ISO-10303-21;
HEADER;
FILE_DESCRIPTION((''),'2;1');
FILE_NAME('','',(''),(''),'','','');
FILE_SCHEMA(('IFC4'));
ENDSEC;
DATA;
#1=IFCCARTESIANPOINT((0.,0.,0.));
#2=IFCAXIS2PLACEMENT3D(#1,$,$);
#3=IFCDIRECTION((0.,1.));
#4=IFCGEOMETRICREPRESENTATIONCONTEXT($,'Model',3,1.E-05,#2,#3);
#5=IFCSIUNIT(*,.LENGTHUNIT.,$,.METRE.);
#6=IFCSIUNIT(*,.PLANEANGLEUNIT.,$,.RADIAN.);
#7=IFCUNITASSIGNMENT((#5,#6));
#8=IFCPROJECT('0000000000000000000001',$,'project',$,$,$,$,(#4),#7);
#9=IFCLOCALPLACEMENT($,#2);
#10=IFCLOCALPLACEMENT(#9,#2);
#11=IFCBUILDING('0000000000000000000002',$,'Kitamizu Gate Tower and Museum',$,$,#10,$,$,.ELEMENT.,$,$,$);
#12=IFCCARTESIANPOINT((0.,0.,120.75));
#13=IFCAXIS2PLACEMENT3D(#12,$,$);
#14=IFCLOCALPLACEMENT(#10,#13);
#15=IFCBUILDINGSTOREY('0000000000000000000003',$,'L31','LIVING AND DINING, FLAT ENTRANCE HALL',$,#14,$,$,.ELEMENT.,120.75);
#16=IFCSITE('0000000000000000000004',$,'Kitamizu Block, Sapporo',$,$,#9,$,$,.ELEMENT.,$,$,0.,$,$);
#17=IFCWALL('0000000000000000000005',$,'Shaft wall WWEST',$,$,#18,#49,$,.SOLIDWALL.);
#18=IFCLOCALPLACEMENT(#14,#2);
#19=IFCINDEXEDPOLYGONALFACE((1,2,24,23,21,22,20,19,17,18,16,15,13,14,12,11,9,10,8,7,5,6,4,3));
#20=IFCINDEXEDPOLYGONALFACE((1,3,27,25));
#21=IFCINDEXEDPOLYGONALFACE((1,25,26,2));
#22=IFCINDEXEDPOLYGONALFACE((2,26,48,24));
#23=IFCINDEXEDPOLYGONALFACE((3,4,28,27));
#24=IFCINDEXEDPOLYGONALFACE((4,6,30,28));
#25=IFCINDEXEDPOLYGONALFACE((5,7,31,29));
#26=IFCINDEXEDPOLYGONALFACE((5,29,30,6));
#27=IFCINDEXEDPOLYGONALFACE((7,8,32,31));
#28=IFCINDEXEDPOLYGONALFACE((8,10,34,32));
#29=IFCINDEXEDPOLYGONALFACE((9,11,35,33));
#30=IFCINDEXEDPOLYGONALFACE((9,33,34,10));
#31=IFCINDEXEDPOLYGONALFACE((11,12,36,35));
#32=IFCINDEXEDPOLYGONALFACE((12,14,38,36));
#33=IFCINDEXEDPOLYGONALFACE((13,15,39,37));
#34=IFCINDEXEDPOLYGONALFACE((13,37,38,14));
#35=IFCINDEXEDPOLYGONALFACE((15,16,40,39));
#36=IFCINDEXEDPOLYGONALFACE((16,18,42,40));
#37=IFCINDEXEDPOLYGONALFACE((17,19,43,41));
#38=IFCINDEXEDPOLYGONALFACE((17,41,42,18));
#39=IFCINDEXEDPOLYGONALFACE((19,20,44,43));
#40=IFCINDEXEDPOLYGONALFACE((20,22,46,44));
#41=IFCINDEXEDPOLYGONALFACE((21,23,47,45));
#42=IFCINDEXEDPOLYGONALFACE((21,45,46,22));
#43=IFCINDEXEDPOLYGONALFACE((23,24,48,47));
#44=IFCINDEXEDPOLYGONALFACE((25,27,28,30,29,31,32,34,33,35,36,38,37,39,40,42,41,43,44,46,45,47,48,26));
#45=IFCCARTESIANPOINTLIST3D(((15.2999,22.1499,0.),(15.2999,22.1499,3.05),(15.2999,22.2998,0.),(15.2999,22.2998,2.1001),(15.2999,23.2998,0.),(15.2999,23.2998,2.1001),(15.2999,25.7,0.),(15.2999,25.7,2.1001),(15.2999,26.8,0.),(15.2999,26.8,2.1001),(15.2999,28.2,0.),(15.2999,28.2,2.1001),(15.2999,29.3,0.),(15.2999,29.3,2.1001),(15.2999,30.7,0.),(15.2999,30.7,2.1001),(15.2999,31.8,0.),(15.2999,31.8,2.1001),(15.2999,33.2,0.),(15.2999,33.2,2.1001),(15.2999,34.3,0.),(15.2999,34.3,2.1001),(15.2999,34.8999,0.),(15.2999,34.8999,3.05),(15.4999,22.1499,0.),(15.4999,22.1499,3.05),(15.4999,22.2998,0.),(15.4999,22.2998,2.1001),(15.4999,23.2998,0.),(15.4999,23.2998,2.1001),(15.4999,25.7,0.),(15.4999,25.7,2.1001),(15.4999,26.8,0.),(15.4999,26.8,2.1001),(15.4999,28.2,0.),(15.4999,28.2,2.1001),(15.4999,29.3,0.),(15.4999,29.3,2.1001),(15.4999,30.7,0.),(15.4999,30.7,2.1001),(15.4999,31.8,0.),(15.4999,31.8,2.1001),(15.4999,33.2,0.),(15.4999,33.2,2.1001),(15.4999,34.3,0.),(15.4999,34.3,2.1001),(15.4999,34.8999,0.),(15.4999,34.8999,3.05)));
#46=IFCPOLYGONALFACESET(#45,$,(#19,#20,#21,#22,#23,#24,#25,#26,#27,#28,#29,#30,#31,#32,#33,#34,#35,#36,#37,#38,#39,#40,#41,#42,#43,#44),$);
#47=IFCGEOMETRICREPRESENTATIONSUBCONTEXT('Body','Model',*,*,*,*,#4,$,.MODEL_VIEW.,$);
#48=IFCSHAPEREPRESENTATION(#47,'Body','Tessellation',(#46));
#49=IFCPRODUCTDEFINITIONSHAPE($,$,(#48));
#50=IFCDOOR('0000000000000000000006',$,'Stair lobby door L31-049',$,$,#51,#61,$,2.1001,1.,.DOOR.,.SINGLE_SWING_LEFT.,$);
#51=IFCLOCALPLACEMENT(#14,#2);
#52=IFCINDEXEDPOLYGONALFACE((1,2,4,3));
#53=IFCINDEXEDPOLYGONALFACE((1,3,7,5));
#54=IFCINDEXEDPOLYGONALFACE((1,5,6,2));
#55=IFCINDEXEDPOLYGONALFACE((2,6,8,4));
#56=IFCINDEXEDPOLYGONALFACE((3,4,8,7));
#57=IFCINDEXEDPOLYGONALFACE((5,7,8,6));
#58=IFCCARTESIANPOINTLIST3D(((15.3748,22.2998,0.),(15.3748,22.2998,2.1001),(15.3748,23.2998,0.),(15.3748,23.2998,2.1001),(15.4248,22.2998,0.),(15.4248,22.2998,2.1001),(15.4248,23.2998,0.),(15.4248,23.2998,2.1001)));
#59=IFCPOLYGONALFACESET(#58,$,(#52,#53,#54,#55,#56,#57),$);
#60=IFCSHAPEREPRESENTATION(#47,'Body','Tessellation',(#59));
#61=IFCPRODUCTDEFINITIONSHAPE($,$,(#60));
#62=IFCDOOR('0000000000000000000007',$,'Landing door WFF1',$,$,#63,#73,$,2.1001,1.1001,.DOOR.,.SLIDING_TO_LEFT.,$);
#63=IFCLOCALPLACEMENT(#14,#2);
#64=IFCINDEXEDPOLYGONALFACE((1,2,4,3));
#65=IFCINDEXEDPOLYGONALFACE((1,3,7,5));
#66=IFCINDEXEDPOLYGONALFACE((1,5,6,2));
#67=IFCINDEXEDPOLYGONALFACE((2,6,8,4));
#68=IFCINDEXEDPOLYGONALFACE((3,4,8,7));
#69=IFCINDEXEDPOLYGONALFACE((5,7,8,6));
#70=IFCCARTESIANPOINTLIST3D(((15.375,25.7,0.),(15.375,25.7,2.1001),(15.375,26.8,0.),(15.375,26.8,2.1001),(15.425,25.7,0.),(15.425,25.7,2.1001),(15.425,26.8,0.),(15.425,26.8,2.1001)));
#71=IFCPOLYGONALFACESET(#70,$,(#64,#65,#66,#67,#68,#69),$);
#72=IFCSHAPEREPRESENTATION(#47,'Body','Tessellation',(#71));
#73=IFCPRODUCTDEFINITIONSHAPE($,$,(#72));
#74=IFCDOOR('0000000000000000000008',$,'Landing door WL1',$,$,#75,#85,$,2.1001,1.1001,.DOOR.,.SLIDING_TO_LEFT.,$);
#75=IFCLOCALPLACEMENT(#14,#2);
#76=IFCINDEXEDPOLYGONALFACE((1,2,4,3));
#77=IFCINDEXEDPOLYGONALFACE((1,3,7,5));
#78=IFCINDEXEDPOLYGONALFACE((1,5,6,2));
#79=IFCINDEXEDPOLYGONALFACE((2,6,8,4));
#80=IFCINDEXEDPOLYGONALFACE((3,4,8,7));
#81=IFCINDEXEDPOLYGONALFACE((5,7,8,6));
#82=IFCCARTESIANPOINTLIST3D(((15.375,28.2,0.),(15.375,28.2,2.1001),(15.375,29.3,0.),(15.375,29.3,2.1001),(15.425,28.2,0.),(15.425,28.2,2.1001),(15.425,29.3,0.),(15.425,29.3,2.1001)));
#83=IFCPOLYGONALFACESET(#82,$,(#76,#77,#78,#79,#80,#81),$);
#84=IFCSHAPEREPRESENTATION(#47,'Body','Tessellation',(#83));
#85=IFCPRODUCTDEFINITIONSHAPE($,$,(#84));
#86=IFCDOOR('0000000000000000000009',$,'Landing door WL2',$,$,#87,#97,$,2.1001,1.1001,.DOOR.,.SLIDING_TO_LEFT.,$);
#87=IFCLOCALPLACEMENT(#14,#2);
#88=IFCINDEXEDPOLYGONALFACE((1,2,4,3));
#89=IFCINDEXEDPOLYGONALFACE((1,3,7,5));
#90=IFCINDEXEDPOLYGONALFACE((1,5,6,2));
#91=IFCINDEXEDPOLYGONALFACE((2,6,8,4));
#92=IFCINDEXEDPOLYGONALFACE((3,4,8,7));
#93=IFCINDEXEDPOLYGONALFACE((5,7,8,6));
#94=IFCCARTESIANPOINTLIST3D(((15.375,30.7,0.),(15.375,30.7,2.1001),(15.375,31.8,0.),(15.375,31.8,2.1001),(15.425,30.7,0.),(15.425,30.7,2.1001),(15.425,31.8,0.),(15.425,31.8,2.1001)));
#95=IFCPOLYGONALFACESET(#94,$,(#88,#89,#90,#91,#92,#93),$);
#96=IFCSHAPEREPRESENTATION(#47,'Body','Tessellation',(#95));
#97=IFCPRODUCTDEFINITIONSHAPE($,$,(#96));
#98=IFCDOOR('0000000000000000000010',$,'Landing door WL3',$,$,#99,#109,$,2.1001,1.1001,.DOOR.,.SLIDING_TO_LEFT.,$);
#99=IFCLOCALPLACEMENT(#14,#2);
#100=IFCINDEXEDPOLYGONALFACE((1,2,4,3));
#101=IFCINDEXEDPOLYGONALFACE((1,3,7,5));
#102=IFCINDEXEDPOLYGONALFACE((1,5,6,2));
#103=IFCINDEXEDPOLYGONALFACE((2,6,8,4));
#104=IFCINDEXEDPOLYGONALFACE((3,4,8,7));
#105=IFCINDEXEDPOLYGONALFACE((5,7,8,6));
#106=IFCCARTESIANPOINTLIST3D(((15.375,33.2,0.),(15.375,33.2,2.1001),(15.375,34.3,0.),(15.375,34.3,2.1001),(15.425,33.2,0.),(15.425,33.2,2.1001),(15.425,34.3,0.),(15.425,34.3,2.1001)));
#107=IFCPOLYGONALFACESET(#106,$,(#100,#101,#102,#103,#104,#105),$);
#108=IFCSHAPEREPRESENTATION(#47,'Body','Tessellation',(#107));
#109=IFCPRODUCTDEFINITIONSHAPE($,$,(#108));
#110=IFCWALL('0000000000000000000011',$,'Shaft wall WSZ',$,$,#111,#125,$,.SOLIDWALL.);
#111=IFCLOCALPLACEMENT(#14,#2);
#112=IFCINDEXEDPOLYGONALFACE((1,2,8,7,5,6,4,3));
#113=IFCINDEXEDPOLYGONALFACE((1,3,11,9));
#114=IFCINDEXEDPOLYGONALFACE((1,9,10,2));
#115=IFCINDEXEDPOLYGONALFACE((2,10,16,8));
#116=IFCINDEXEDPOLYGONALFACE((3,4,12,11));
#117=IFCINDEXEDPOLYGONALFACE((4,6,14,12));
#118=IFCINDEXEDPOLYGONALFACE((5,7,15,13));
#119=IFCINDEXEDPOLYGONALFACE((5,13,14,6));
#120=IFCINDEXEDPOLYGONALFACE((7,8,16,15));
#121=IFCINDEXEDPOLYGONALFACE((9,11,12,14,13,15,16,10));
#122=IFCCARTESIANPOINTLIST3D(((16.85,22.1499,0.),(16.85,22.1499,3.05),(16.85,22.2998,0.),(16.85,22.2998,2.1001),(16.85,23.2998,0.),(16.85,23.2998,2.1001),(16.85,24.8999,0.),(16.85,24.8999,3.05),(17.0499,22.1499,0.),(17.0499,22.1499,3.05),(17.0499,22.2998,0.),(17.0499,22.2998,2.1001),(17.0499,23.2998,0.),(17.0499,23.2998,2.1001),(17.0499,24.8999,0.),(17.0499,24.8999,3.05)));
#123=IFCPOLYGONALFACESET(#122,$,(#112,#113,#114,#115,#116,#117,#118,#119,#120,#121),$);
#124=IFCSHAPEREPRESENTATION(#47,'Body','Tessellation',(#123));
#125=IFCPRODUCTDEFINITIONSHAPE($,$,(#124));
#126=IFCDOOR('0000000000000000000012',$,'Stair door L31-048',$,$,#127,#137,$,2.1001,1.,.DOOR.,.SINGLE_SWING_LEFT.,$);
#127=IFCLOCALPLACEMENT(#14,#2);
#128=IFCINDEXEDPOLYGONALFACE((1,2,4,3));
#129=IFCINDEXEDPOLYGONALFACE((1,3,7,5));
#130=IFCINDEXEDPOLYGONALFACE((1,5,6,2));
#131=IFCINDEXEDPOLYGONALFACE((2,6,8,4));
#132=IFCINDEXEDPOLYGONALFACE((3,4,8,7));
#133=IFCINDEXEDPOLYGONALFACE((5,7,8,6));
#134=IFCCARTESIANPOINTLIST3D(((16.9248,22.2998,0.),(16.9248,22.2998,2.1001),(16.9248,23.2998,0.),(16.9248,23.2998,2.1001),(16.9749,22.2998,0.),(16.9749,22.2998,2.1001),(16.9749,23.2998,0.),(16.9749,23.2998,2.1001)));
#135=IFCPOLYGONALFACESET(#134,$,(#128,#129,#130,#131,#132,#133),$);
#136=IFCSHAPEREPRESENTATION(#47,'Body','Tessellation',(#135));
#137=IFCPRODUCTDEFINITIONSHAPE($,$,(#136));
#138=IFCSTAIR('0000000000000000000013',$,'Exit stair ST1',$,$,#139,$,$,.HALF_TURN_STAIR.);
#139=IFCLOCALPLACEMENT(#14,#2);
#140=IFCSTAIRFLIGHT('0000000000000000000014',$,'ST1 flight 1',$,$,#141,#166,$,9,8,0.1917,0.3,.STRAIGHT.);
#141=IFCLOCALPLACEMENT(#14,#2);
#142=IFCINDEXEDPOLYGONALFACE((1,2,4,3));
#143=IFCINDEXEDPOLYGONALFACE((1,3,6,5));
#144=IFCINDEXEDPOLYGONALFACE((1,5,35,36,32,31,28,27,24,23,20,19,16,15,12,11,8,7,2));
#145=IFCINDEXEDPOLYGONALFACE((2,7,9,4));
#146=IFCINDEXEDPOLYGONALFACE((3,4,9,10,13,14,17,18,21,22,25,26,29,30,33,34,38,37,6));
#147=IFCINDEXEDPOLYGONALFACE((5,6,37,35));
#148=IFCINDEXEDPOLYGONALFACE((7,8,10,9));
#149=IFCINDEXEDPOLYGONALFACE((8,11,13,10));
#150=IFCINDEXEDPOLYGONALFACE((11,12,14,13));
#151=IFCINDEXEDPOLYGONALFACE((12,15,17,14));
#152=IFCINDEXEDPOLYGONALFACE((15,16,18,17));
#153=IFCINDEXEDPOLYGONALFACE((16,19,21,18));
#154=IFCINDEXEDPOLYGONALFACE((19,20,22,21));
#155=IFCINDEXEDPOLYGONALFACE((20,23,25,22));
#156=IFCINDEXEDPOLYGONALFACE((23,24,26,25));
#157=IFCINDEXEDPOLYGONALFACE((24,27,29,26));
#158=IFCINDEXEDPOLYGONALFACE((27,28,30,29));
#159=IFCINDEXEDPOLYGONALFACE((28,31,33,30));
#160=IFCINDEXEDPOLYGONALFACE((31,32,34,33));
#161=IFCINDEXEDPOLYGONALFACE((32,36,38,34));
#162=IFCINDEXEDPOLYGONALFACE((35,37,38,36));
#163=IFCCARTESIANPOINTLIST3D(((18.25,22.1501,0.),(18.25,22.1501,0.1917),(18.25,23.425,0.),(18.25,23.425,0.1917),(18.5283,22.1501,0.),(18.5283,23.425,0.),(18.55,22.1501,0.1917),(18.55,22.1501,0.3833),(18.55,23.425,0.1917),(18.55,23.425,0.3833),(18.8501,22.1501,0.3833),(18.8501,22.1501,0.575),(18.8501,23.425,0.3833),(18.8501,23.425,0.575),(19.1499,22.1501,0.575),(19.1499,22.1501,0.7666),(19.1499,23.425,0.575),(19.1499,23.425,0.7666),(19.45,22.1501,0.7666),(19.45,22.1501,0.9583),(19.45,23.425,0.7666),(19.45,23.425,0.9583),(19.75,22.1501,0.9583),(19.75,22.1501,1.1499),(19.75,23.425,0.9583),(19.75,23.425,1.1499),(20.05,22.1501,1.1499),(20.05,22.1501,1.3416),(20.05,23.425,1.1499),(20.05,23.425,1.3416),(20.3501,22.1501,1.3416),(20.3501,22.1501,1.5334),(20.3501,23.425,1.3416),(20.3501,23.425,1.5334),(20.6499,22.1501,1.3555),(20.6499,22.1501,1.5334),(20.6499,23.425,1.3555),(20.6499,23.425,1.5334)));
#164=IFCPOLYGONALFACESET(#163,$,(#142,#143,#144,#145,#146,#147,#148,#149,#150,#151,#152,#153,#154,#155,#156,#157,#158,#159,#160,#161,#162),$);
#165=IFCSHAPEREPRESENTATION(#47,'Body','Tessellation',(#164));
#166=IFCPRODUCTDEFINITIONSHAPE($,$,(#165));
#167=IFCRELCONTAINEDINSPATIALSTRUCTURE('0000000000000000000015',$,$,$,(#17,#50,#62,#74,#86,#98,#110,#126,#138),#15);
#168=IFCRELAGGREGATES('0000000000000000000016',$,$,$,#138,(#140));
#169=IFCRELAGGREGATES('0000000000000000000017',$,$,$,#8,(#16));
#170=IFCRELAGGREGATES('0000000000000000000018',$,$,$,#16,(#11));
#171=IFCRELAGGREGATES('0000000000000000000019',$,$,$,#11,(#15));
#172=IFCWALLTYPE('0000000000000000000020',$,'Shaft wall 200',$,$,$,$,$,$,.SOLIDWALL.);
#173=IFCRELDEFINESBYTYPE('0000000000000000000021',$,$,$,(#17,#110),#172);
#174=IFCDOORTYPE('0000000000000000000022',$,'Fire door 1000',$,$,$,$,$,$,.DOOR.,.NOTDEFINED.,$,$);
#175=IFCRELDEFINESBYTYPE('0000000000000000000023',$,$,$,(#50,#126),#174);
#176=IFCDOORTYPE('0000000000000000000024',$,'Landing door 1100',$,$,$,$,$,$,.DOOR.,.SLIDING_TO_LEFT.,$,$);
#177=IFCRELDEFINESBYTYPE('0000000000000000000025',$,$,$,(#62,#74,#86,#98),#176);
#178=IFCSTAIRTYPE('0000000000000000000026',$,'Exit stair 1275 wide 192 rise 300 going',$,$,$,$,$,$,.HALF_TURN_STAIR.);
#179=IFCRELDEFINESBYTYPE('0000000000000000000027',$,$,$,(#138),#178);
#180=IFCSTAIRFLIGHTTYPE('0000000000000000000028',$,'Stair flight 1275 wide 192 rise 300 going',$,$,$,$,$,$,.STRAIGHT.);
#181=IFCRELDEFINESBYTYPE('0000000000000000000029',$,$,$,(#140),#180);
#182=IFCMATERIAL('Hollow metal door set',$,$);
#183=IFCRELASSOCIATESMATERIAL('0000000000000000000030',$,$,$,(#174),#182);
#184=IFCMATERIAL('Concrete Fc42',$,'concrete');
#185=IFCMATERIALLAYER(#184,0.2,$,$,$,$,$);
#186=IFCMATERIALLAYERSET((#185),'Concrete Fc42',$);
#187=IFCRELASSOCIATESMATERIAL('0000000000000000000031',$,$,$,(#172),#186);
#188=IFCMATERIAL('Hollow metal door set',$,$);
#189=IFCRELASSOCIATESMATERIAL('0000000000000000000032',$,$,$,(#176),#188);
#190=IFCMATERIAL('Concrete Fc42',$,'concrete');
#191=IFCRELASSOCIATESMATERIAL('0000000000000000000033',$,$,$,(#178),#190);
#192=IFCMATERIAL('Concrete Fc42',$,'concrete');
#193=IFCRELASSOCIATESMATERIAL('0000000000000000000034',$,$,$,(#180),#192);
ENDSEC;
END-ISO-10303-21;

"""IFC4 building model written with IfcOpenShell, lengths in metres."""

from ifc_helpers import new_model, si_unit, direction, frame, frame_2d, origin, place, context, subcontext, project, spatial, polyline, rectangle, outline, extrude, material, layer, layer_set, type_object, element, fill, aggregate, save


model = new_model("IFC4")

# Units and contexts
model_context = context("Model", 3, precision=1e-05, world=origin(), true_north=direction((0.0, 1.0)))
body_context = subcontext(model_context, "Body", "Model", "MODEL_VIEW")
ifc_project = project(units=[si_unit("LENGTHUNIT", "METRE"), si_unit("PLANEANGLEUNIT", "RADIAN")], contexts=[model_context])

# Site, building, storey
site_placement = place(None, origin())
site = spatial("IfcSite", under=ifc_project, at=site_placement, Name="Kitamizu Block, Sapporo", CompositionType="ELEMENT", RefElevation=0.0)
building_placement = place(site_placement, origin())
building = spatial("IfcBuilding", under=site, at=building_placement, Name="Kitamizu Gate Tower and Museum", CompositionType="ELEMENT")
storey_placement = place(building_placement, frame((0.0, 0.0, 120.75)))
storey = spatial("IfcBuildingStorey", under=building, at=storey_placement, Name="L31", Description="LIVING AND DINING, FLAT ENTRANCE HALL", CompositionType="ELEMENT", Elevation=120.75)

# Shared definitions
ifc_material_1 = material(Name="Hollow metal door set")
door_type_1 = type_object("IfcDoorType", Name="Fire door 1000", OperationType="NOTDEFINED", PredefinedType="DOOR", material=ifc_material_1)

# Wall, openings, doors
ifc_material_2 = material(Name="Concrete Fc42", Category="concrete")
ifc_layer_1 = layer(ifc_material_2, 0.2)
ifc_layer_set_1 = layer_set([ifc_layer_1], Name="Concrete Fc42")
wall_type_1 = type_object("IfcWallType", Name="Shaft wall 200", PredefinedType="SOLIDWALL", material=ifc_layer_set_1)
wall_1_placement = place(storey_placement, frame((15.3999, 22.1499, 0.0), z_axis=(0.0, 0.0, 1.0), x_axis=(0.0, 1.0, 0.0)))
wall_1 = element("IfcWall", 1, at=wall_1_placement, inside=storey, type_object=wall_type_1, Name="Shaft wall WWEST", PredefinedType="SOLIDWALL", context=body_context, shape_type="SweptSolid", body=[
    extrude(rectangle(XDim=12.75, YDim=0.2, at=frame_2d((6.375, 0.0))), origin(), (0.0, 0.0, 1.0), 3.05),
])
opening_1_placement = place(wall_1_placement, frame((3.55, 0.0, 0.0)))
opening_1 = element("IfcOpeningElement", 2, at=opening_1_placement, cuts=wall_1, PredefinedType="OPENING", context=body_context, shape_type="SweptSolid", body=[
    extrude(rectangle(XDim=1.1001, YDim=2.1001, at=frame_2d((0.55, 1.05))), frame((0.0, 0.1099, 0.0), z_axis=(0.0, -1.0, 0.0), x_axis=(1.0, 0.0, 0.0)), (0.0, 0.0, 1.0), 0.22),
])
opening_2_placement = place(wall_1_placement, frame((6.05, 0.0, 0.0)))
opening_2 = element("IfcOpeningElement", 3, at=opening_2_placement, cuts=wall_1, PredefinedType="OPENING", context=body_context, shape_type="SweptSolid", body=[
    extrude(rectangle(XDim=1.1001, YDim=2.1001, at=frame_2d((0.55, 1.05))), frame((0.0, 0.1099, 0.0), z_axis=(0.0, -1.0, 0.0), x_axis=(1.0, 0.0, 0.0)), (0.0, 0.0, 1.0), 0.22),
])
opening_3_placement = place(wall_1_placement, frame((8.55, 0.0, 0.0)))
opening_3 = element("IfcOpeningElement", 4, at=opening_3_placement, cuts=wall_1, PredefinedType="OPENING", context=body_context, shape_type="SweptSolid", body=[
    extrude(rectangle(XDim=1.1001, YDim=2.1001, at=frame_2d((0.55, 1.05))), frame((0.0, 0.1099, 0.0), z_axis=(0.0, -1.0, 0.0), x_axis=(1.0, 0.0, 0.0)), (0.0, 0.0, 1.0), 0.22),
])
opening_4_placement = place(wall_1_placement, frame((11.05, 0.0, 0.0)))
opening_4 = element("IfcOpeningElement", 5, at=opening_4_placement, cuts=wall_1, PredefinedType="OPENING", context=body_context, shape_type="SweptSolid", body=[
    extrude(rectangle(XDim=1.1001, YDim=2.1001, at=frame_2d((0.55, 1.05))), frame((0.0, 0.1099, 0.0), z_axis=(0.0, -1.0, 0.0), x_axis=(1.0, 0.0, 0.0)), (0.0, 0.0, 1.0), 0.22),
])
opening_5_placement = place(wall_1_placement, frame((0.1499, 0.0, 0.0)))
opening_5 = element("IfcOpeningElement", 6, at=opening_5_placement, cuts=wall_1, PredefinedType="OPENING", context=body_context, shape_type="SweptSolid", body=[
    extrude(rectangle(XDim=1.0, YDim=2.1001, at=frame_2d((0.5, 1.05))), frame((0.0, 0.1099, 0.0), z_axis=(0.0, -1.0, 0.0), x_axis=(1.0, 0.0, 0.0)), (0.0, 0.0, 1.0), 0.22),
])
door_1_placement = place(opening_5_placement, frame((1.0, 0.0, 0.0), x_axis=(-1.0, 0.0, 0.0)))
door_1 = element("IfcDoor", 7, at=door_1_placement, inside=storey, type_object=door_type_1, Name="Stair lobby door L31-049", OperationType="SINGLE_SWING_LEFT", OverallHeight=2.1001, OverallWidth=1.0, PredefinedType="DOOR", context=body_context, shape_type="SweptSolid", body=[
    extrude(rectangle(XDim=1.0, YDim=2.1001, at=frame_2d((0.5, 1.05))), frame((0.0, 0.0249, 0.0), z_axis=(0.0, -1.0, 0.0), x_axis=(1.0, 0.0, 0.0)), (0.0, 0.0, 1.0), 0.05),
])
fill(opening_5, door_1)
ifc_material_3 = material(Name="Hollow metal door set")
door_type_2 = type_object("IfcDoorType", Name="Landing door 1100", OperationType="SLIDING_TO_LEFT", PredefinedType="DOOR", material=ifc_material_3)
door_2_placement = place(opening_1_placement, origin())
door_2 = element("IfcDoor", 8, at=door_2_placement, inside=storey, type_object=door_type_2, Name="Landing door WFF1", OperationType="SLIDING_TO_LEFT", OverallHeight=2.1001, OverallWidth=1.1001, PredefinedType="DOOR", context=body_context, shape_type="SweptSolid", body=[
    extrude(rectangle(XDim=1.1001, YDim=2.1001, at=frame_2d((0.55, 1.05))), frame((0.0, 0.0249, 0.0), z_axis=(0.0, -1.0, 0.0), x_axis=(1.0, 0.0, 0.0)), (0.0, 0.0, 1.0), 0.05),
])
fill(opening_1, door_2)
door_3_placement = place(opening_2_placement, origin())
door_3 = element("IfcDoor", 9, at=door_3_placement, inside=storey, type_object=door_type_2, Name="Landing door WL1", OperationType="SLIDING_TO_LEFT", OverallHeight=2.1001, OverallWidth=1.1001, PredefinedType="DOOR", context=body_context, shape_type="SweptSolid", body=[
    extrude(rectangle(XDim=1.1001, YDim=2.1001, at=frame_2d((0.55, 1.05))), frame((0.0, 0.0249, 0.0), z_axis=(0.0, -1.0, 0.0), x_axis=(1.0, 0.0, 0.0)), (0.0, 0.0, 1.0), 0.05),
])
fill(opening_2, door_3)
door_4_placement = place(opening_3_placement, origin())
door_4 = element("IfcDoor", 10, at=door_4_placement, inside=storey, type_object=door_type_2, Name="Landing door WL2", OperationType="SLIDING_TO_LEFT", OverallHeight=2.1001, OverallWidth=1.1001, PredefinedType="DOOR", context=body_context, shape_type="SweptSolid", body=[
    extrude(rectangle(XDim=1.1001, YDim=2.1001, at=frame_2d((0.55, 1.05))), frame((0.0, 0.0249, 0.0), z_axis=(0.0, -1.0, 0.0), x_axis=(1.0, 0.0, 0.0)), (0.0, 0.0, 1.0), 0.05),
])
fill(opening_3, door_4)
door_5_placement = place(opening_4_placement, origin())
door_5 = element("IfcDoor", 11, at=door_5_placement, inside=storey, type_object=door_type_2, Name="Landing door WL3", OperationType="SLIDING_TO_LEFT", OverallHeight=2.1001, OverallWidth=1.1001, PredefinedType="DOOR", context=body_context, shape_type="SweptSolid", body=[
    extrude(rectangle(XDim=1.1001, YDim=2.1001, at=frame_2d((0.55, 1.05))), frame((0.0, 0.0249, 0.0), z_axis=(0.0, -1.0, 0.0), x_axis=(1.0, 0.0, 0.0)), (0.0, 0.0, 1.0), 0.05),
])
fill(opening_4, door_5)

# Wall, opening, door
wall_2_placement = place(storey_placement, frame((16.95, 22.1499, 0.0), z_axis=(0.0, 0.0, 1.0), x_axis=(0.0, 1.0, 0.0)))
wall_2 = element("IfcWall", 12, at=wall_2_placement, inside=storey, type_object=wall_type_1, Name="Shaft wall WSZ", PredefinedType="SOLIDWALL", context=body_context, shape_type="SweptSolid", body=[
    extrude(rectangle(XDim=2.75, YDim=0.2, at=frame_2d((1.375, 0.0))), origin(), (0.0, 0.0, 1.0), 3.05),
])
opening_6_placement = place(wall_2_placement, frame((0.1499, 0.0, 0.0)))
opening_6 = element("IfcOpeningElement", 13, at=opening_6_placement, cuts=wall_2, PredefinedType="OPENING", context=body_context, shape_type="SweptSolid", body=[
    extrude(rectangle(XDim=1.0, YDim=2.1001, at=frame_2d((0.5, 1.05))), frame((0.0, 0.1099, 0.0), z_axis=(0.0, -1.0, 0.0), x_axis=(1.0, 0.0, 0.0)), (0.0, 0.0, 1.0), 0.22),
])
door_6_placement = place(opening_6_placement, frame((1.0, 0.0, 0.0), x_axis=(-1.0, 0.0, 0.0)))
door_6 = element("IfcDoor", 14, at=door_6_placement, inside=storey, type_object=door_type_1, Name="Stair door L31-048", OperationType="SINGLE_SWING_LEFT", OverallHeight=2.1001, OverallWidth=1.0, PredefinedType="DOOR", context=body_context, shape_type="SweptSolid", body=[
    extrude(rectangle(XDim=1.0, YDim=2.1001, at=frame_2d((0.5, 1.05))), frame((0.0, 0.0249, 0.0), z_axis=(0.0, -1.0, 0.0), x_axis=(1.0, 0.0, 0.0)), (0.0, 0.0, 1.0), 0.05),
])
fill(opening_6, door_6)

# Stair, stair flight
ifc_material_4 = material(Name="Concrete Fc42", Category="concrete")
stair_type = type_object("IfcStairType", Name="Exit stair 1275 wide 192 rise 300 going", PredefinedType="HALF_TURN_STAIR", material=ifc_material_4)
stair_placement = place(storey_placement, origin())
stair = element("IfcStair", 15, at=stair_placement, inside=storey, type_object=stair_type, Name="Exit stair ST1", PredefinedType="HALF_TURN_STAIR")
ifc_material_5 = material(Name="Concrete Fc42", Category="concrete")
stair_flight_type = type_object("IfcStairFlightType", Name="Stair flight 1275 wide 192 rise 300 going", PredefinedType="STRAIGHT", material=ifc_material_5)
stair_flight_1_placement = place(storey_placement, frame((18.25, 22.7876, 0.0), z_axis=(0.0, 0.0, 1.0), x_axis=(1.0, 0.0, 0.0)))
stair_flight_1 = element("IfcStairFlight", 16, at=stair_flight_1_placement, type_object=stair_flight_type, Name="ST1 flight 1", NumberOfRisers=9, NumberOfTreads=8, PredefinedType="STRAIGHT", RiserHeight=0.1917, TreadLength=0.3, context=body_context, shape_type="SweptSolid", body=[
    extrude(outline(polyline([(0.0, 0.0), (0.0, 0.1917), (0.3, 0.1917), (0.3, 0.3833), (0.6001, 0.3833), (0.6001, 0.575), (0.8999, 0.575), (0.8999, 0.7666), (1.2, 0.7666), (1.2, 0.9583), (1.5, 0.9583), (1.5, 1.1499), (1.8, 1.1499), (1.8, 1.3416), (2.1001, 1.3416), (2.1001, 1.5334), (2.3999, 1.5334), (2.3999, 1.7251), (2.3999, 1.3555), (0.2783, 0.0), (0.0, 0.0)])), frame((0.0, 0.6375, 0.0), z_axis=(0.0, -1.0, 0.0), x_axis=(1.0, 0.0, 0.0)), (0.0, 0.0, 1.0), 1.2749),
])
aggregate(stair, [stair_flight_1])

save(model, "model.ifc")
